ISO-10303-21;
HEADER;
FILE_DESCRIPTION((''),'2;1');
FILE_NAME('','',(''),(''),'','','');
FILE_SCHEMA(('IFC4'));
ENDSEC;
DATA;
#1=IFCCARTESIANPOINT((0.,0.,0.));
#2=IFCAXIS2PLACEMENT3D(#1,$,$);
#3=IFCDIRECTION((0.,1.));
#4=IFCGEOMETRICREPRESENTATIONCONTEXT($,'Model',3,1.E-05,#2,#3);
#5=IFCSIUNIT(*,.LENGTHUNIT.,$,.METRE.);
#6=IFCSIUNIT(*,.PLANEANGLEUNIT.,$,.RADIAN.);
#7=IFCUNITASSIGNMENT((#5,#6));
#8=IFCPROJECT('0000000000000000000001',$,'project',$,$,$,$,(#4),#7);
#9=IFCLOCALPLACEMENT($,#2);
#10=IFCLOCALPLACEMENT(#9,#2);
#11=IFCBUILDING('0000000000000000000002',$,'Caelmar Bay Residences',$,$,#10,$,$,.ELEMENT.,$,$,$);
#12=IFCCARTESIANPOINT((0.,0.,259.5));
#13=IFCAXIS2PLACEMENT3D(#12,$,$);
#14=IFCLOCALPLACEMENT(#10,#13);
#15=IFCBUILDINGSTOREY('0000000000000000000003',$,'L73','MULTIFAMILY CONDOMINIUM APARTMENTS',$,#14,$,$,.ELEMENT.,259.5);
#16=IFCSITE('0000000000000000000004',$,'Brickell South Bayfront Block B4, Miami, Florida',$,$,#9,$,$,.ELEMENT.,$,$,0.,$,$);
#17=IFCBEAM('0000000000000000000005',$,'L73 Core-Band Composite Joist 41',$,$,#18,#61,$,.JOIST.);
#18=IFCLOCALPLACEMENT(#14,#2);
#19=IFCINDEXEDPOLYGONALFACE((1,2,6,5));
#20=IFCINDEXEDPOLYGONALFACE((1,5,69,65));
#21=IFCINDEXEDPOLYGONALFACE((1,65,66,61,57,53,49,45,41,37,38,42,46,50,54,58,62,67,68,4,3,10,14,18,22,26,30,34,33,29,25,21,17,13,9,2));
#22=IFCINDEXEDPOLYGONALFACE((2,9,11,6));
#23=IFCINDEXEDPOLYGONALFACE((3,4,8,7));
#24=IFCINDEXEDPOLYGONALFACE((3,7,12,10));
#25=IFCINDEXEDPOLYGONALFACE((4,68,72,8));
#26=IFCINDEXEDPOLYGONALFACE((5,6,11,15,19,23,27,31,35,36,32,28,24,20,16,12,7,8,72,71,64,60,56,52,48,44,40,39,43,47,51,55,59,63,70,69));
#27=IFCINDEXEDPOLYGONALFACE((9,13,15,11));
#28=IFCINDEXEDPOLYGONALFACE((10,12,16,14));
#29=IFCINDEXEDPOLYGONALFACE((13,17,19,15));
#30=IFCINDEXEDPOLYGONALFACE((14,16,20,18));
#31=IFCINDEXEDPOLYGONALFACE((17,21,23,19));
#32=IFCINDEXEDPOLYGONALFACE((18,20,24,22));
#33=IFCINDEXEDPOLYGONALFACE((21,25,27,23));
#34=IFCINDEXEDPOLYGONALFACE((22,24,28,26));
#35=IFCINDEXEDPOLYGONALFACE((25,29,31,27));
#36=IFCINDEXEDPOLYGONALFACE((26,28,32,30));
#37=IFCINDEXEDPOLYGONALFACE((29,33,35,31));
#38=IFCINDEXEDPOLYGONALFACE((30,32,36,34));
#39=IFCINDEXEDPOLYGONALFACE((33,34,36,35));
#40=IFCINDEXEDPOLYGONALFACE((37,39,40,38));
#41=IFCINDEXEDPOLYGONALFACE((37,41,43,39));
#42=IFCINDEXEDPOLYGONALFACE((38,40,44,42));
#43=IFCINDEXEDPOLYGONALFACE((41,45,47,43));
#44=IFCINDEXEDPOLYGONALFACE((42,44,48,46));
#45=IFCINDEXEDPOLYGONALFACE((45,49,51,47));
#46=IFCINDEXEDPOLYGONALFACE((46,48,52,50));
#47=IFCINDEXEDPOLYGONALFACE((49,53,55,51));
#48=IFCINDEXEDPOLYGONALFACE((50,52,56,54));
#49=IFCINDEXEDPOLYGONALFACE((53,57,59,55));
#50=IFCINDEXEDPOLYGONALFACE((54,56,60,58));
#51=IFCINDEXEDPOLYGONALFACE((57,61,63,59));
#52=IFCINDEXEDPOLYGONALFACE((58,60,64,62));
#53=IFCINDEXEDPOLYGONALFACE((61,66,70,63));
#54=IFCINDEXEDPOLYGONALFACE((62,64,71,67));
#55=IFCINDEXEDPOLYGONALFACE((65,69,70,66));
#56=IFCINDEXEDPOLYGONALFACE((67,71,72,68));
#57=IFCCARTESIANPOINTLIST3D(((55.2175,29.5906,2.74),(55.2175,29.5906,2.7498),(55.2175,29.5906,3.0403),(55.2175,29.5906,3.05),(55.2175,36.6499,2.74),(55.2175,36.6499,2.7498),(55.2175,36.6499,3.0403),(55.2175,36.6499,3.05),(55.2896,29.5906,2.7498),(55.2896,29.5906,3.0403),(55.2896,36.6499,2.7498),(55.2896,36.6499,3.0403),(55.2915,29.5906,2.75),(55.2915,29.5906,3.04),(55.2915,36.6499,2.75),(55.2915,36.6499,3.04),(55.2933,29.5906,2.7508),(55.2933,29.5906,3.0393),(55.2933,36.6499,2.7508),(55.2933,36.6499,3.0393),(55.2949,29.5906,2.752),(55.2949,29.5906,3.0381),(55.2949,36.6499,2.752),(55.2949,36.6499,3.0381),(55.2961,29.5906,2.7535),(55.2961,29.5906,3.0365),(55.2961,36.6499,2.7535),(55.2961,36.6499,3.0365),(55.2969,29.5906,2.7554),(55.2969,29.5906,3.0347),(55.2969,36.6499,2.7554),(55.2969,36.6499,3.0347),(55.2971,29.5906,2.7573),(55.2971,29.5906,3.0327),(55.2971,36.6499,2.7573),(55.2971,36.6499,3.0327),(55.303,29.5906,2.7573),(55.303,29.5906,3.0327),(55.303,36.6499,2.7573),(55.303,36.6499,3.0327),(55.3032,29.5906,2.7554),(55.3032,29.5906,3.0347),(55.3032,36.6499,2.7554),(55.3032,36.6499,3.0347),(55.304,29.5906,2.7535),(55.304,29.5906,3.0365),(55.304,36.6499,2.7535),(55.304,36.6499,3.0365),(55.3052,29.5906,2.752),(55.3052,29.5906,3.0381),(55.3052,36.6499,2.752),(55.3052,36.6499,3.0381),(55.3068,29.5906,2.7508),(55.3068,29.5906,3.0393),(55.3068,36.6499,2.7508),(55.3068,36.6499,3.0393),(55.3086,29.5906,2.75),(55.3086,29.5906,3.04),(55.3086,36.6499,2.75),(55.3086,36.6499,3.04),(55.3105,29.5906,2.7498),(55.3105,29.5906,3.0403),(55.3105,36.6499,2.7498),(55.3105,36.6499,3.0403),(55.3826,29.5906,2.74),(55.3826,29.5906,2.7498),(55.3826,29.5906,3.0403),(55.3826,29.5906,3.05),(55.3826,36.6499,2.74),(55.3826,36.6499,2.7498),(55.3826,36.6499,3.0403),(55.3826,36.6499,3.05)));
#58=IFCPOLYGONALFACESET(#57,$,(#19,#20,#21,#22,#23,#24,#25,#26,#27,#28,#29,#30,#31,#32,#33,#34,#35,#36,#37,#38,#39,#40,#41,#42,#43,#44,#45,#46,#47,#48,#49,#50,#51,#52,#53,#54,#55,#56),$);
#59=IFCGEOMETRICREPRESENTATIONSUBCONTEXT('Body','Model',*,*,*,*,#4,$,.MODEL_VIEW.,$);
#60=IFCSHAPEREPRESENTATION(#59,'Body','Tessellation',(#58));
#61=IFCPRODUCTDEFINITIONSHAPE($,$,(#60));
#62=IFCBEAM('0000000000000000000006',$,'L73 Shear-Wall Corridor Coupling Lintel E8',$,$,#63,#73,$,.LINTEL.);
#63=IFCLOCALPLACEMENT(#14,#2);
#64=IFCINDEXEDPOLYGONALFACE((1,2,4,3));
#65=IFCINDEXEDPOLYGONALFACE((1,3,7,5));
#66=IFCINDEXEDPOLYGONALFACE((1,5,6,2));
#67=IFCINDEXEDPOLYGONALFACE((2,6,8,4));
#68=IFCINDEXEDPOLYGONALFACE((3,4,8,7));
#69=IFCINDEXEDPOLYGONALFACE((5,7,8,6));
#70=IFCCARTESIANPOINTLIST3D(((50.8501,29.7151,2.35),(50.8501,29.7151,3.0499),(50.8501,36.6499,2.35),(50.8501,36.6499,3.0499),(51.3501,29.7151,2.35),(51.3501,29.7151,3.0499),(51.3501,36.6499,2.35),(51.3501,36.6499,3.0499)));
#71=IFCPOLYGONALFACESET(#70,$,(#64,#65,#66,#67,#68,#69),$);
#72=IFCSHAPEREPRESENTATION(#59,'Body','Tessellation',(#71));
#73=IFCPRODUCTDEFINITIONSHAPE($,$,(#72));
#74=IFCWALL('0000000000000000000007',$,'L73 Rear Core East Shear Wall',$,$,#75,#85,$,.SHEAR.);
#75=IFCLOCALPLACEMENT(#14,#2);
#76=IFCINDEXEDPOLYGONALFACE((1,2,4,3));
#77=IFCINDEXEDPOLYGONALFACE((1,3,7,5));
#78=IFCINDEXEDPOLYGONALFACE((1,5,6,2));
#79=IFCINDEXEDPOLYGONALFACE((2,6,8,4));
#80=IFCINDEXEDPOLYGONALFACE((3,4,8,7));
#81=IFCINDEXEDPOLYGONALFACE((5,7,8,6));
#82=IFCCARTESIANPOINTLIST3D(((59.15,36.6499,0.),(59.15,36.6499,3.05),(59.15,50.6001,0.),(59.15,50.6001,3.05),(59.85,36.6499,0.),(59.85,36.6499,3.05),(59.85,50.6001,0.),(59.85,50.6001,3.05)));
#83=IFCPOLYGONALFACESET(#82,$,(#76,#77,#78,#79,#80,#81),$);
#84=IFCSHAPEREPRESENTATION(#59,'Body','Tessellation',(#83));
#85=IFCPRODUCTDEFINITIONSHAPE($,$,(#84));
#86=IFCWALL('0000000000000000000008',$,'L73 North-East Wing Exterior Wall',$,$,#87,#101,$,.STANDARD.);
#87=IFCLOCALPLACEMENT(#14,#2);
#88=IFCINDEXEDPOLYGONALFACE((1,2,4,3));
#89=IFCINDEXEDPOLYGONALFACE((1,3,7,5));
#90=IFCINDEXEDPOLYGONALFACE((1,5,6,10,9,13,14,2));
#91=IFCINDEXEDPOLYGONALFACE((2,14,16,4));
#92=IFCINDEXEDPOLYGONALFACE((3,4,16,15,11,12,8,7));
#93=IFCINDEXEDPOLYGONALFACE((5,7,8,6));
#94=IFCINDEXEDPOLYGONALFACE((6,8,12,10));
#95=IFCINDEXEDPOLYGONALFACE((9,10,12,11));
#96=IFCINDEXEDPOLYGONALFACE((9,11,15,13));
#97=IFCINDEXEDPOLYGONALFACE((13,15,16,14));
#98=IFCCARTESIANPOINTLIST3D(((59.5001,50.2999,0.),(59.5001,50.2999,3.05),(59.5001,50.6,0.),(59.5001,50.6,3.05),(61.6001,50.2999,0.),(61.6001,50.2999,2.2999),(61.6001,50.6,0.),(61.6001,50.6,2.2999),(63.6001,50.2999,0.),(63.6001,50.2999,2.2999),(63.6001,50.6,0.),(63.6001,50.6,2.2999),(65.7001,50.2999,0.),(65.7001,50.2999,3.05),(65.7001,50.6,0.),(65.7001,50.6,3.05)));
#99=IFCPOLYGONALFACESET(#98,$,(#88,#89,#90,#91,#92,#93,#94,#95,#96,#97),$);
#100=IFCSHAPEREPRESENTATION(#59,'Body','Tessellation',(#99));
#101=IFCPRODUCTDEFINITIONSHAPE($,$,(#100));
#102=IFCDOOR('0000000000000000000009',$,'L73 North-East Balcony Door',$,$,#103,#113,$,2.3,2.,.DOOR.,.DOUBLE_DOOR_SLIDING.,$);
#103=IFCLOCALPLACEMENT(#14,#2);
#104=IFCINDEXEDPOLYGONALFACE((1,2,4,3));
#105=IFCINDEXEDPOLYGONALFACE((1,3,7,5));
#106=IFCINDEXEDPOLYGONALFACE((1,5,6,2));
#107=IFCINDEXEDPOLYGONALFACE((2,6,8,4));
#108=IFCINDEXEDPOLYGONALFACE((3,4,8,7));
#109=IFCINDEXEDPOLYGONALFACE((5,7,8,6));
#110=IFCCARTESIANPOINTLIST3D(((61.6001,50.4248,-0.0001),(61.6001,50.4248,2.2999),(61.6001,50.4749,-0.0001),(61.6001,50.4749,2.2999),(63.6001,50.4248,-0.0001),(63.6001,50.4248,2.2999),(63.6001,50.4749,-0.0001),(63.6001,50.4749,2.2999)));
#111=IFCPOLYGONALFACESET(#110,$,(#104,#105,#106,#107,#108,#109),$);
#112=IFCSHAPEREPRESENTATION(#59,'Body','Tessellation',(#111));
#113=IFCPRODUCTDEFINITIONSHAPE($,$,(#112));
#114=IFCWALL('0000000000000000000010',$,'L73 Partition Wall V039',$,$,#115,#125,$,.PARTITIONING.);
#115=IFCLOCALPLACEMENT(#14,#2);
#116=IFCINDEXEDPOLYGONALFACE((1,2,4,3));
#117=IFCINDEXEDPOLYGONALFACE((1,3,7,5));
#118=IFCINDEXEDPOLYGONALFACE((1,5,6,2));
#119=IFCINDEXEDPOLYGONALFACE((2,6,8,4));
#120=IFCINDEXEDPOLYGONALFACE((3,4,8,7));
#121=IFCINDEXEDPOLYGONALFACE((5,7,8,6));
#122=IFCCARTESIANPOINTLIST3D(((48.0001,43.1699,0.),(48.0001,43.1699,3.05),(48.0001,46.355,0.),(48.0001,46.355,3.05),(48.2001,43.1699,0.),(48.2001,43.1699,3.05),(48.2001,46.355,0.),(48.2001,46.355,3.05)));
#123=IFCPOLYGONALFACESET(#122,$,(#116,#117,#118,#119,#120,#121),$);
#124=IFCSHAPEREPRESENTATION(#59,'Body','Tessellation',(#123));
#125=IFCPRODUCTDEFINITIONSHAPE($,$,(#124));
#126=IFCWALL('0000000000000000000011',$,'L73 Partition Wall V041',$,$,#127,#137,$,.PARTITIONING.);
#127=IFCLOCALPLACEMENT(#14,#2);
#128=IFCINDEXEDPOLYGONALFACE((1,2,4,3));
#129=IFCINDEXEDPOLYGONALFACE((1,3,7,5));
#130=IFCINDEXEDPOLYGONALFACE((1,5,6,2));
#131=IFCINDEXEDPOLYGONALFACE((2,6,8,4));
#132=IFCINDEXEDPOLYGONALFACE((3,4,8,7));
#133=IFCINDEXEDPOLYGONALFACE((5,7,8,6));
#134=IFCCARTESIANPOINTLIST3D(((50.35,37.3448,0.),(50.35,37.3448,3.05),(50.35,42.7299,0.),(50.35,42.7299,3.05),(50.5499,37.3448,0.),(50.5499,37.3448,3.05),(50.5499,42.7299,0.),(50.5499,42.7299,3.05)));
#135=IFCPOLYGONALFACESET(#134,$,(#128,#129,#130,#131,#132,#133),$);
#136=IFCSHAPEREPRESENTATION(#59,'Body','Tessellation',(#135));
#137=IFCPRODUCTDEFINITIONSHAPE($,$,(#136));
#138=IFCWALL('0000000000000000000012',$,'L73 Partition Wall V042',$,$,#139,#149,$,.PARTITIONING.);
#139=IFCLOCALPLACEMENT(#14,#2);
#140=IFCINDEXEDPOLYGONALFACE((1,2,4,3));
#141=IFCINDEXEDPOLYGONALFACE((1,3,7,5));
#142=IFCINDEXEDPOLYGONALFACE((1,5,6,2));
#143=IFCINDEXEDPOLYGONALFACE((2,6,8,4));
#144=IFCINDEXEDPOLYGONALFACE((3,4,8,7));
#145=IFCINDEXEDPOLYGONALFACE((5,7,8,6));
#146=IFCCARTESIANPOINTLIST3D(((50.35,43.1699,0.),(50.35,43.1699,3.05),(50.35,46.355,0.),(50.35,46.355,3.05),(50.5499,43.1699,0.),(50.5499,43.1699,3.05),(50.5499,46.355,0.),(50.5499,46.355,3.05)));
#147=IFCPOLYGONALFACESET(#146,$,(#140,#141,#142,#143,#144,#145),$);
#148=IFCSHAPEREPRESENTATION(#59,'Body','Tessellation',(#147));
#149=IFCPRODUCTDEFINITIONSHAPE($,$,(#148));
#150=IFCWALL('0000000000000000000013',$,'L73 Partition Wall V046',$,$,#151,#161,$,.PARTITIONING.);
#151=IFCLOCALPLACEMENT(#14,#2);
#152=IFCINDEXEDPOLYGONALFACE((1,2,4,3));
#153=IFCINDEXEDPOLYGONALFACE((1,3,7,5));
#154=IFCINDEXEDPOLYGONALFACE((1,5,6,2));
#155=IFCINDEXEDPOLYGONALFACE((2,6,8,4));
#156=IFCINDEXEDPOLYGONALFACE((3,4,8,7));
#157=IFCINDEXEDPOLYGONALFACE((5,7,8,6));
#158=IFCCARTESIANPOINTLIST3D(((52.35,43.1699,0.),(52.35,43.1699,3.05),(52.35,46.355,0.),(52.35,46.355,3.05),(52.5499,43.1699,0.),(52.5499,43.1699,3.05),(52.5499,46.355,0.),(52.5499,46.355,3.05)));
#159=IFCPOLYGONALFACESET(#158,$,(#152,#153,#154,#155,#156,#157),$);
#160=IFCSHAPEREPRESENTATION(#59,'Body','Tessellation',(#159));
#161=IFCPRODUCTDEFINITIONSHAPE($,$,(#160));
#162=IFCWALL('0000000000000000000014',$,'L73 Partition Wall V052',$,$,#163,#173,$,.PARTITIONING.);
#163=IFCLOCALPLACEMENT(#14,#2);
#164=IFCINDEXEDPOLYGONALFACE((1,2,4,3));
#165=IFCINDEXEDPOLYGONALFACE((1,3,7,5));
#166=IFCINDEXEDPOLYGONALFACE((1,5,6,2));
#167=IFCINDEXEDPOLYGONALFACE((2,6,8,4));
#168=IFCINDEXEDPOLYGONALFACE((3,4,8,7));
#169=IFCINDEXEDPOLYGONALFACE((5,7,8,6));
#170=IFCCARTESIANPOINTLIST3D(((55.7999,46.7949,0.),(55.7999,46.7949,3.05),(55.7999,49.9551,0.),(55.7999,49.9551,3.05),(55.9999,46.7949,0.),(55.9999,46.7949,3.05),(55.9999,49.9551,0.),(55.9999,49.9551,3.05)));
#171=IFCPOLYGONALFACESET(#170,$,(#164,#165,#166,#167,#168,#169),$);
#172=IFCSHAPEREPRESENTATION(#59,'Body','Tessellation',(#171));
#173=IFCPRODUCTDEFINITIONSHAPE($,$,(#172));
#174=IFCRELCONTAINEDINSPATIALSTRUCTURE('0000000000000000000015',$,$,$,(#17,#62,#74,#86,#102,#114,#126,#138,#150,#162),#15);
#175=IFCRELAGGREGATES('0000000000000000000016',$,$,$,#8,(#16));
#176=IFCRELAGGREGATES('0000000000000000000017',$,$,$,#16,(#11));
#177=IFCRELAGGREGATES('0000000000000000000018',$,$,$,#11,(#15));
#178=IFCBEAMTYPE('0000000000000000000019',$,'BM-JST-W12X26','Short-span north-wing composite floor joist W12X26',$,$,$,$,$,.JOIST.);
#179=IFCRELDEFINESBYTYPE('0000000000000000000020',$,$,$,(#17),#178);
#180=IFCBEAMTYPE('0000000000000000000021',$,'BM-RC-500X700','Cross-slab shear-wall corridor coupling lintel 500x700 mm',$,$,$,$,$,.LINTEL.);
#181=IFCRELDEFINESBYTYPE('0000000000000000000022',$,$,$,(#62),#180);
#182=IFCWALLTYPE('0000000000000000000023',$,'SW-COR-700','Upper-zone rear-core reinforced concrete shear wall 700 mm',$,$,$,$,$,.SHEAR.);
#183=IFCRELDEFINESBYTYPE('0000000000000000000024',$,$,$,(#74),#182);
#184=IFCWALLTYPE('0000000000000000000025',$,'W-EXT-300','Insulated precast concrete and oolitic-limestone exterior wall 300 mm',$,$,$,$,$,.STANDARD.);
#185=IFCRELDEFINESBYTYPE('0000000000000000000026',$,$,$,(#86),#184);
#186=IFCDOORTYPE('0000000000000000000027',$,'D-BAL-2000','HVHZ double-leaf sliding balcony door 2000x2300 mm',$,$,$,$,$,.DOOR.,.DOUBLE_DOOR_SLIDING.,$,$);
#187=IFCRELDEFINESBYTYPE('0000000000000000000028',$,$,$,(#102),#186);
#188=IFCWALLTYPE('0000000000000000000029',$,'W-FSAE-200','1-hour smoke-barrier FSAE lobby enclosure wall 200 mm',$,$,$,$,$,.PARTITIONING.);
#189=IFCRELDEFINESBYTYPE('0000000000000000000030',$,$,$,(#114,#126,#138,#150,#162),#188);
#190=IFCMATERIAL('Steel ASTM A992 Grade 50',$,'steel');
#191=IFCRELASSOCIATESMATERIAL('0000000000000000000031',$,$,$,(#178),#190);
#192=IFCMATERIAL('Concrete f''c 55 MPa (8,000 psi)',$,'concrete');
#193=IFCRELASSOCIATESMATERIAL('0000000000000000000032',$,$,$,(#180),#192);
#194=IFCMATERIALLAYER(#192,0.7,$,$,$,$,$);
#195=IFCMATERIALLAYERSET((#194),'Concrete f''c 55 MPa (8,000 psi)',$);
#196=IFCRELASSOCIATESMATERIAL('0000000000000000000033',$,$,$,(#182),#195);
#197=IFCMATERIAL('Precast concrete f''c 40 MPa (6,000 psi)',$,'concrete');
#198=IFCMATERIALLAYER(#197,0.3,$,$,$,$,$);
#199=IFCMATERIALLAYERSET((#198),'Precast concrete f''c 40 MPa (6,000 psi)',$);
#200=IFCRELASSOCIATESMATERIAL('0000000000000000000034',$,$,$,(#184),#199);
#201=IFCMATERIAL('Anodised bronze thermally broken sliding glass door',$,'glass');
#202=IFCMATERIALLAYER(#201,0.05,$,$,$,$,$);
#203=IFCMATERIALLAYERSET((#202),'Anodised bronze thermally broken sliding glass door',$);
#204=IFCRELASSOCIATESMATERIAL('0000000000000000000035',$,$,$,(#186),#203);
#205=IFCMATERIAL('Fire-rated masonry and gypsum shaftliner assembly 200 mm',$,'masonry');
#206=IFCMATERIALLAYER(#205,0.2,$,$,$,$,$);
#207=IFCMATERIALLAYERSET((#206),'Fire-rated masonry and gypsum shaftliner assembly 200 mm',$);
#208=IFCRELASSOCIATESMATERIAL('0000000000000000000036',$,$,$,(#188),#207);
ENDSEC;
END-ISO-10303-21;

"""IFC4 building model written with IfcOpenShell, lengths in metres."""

from ifc_helpers import new_model, si_unit, direction, frame, frame_2d, origin, origin_2d, place, context, subcontext, project, spatial, rectangle, i_section, extrude, material, layer, layer_set, material_profile, profile_set, type_object, element, fill, save


model = new_model("IFC4")

# Units and contexts
model_context = context("Model", 3, precision=1e-05, world=origin(), true_north=direction((0.0, 1.0)))
body_context = subcontext(model_context, "Body", "Model", "MODEL_VIEW")
ifc_project = project(units=[si_unit("LENGTHUNIT", "METRE"), si_unit("PLANEANGLEUNIT", "RADIAN")], contexts=[model_context])

# Site, building, storey
site_placement = place(None, origin())
site = spatial("IfcSite", under=ifc_project, at=site_placement, Name="Brickell South Bayfront Block B4, Miami, Florida", CompositionType="ELEMENT", RefElevation=0.0)
building_placement = place(site_placement, origin())
building = spatial("IfcBuilding", under=site, at=building_placement, Name="Caelmar Bay Residences", CompositionType="ELEMENT")
storey_placement = place(building_placement, frame((0.0, 0.0, 259.5)))
storey = spatial("IfcBuildingStorey", under=building, at=storey_placement, Name="L73", Description="MULTIFAMILY CONDOMINIUM APARTMENTS", CompositionType="ELEMENT", Elevation=259.5)

# Beams
ifc_material_1 = material(Name="Steel ASTM A992 Grade 50", Category="steel")
ifc_material_profile_1 = material_profile(ifc_material_1, i_section(OverallWidth=0.165, OverallDepth=0.3101, WebThickness=0.0059, FlangeThickness=0.0098, FilletRadius=0.0076, at=origin_2d()), Name="W12X26")
ifc_profile_set_1 = profile_set([ifc_material_profile_1], Name="Steel ASTM A992 Grade 50")
beam_type_1 = type_object("IfcBeamType", Name="BM-JST-W12X26", Description="Short-span north-wing composite floor joist W12X26", PredefinedType="JOIST", material=ifc_profile_set_1)
for number, where, z_axis, x_axis, name in (
    (1, (55.3, 29.5906, 2.895), (0.0, 1.0, 0.0), (-1.0, 0.0, 0.0), "L73 Core-Band Composite Joist 41"),
):
    element("IfcBeam", number, at=place(storey_placement, frame(where, z_axis=z_axis, x_axis=x_axis)), inside=storey, type_object=beam_type_1, Name=name, PredefinedType="JOIST", context=body_context, shape_type="SweptSolid", body=[
        extrude(i_section(OverallWidth=0.165, OverallDepth=0.3101, WebThickness=0.0059, FlangeThickness=0.0098, FilletRadius=0.0076, at=origin_2d()), origin(), (0.0, 0.0, 1.0), 7.0593),
    ])
ifc_material_2 = material(Name="Concrete f'c 55 MPa (8,000 psi)", Category="concrete")
ifc_material_profile_2 = material_profile(ifc_material_2, rectangle(XDim=0.5, YDim=0.7, at=origin_2d()), Name="RC-BM-500X700")
ifc_profile_set_2 = profile_set([ifc_material_profile_2], Name="Concrete f'c 55 MPa (8,000 psi)")
beam_type_2 = type_object("IfcBeamType", Name="BM-RC-500X700", Description="Cross-slab shear-wall corridor coupling lintel 500x700 mm", PredefinedType="LINTEL", material=ifc_profile_set_2)
beam_placement = place(storey_placement, frame((51.1001, 29.7151, 2.7), z_axis=(0.0, 1.0, 0.0), x_axis=(-1.0, 0.0, 0.0)))
element("IfcBeam", 2, at=beam_placement, inside=storey, type_object=beam_type_2, Name="L73 Shear-Wall Corridor Coupling Lintel E8", PredefinedType="LINTEL", context=body_context, shape_type="SweptSolid", body=[
    extrude(rectangle(XDim=0.5, YDim=0.7, at=origin_2d()), origin(), (0.0, 0.0, 1.0), 6.9348),
])

# Wall
ifc_layer_1 = layer(ifc_material_2, 0.7)
ifc_layer_set_1 = layer_set([ifc_layer_1], Name="Concrete f'c 55 MPa (8,000 psi)")
wall_type_1 = type_object("IfcWallType", Name="SW-COR-700", Description="Upper-zone rear-core reinforced concrete shear wall 700 mm", PredefinedType="SHEAR", material=ifc_layer_set_1)
wall_1_placement = place(storey_placement, frame((59.5, 36.6499, 0.0), z_axis=(0.0, 0.0, 1.0), x_axis=(0.0, 1.0, 0.0)))
element("IfcWall", 3, at=wall_1_placement, inside=storey, type_object=wall_type_1, Name="L73 Rear Core East Shear Wall", PredefinedType="SHEAR", context=body_context, shape_type="SweptSolid", body=[
    extrude(rectangle(XDim=13.9502, YDim=0.7, at=frame_2d((6.9751, 0.0))), origin(), (0.0, 0.0, 1.0), 3.05),
])

# Wall, opening, door
ifc_material_3 = material(Name="Precast concrete f'c 40 MPa (6,000 psi)", Category="concrete")
ifc_layer_2 = layer(ifc_material_3, 0.3)
ifc_layer_set_2 = layer_set([ifc_layer_2], Name="Precast concrete f'c 40 MPa (6,000 psi)")
wall_type_2 = type_object("IfcWallType", Name="W-EXT-300", Description="Insulated precast concrete and oolitic-limestone exterior wall 300 mm", PredefinedType="STANDARD", material=ifc_layer_set_2)
wall_2_placement = place(storey_placement, frame((59.5, 50.45, 0.0), z_axis=(0.0, 0.0, 1.0), x_axis=(1.0, 0.0, 0.0)))
wall_2 = element("IfcWall", 4, at=wall_2_placement, inside=storey, type_object=wall_type_2, Name="L73 North-East Wing Exterior Wall", PredefinedType="STANDARD", context=body_context, shape_type="SweptSolid", body=[
    extrude(rectangle(XDim=6.2, YDim=0.3, at=frame_2d((3.1001, 0.0))), origin(), (0.0, 0.0, 1.0), 3.05),
])
opening_1_placement = place(wall_2_placement, frame((2.1001, 0.0, 0.0)))
opening_1 = element("IfcOpeningElement", 5, at=opening_1_placement, cuts=wall_2, PredefinedType="OPENING", context=body_context, shape_type="SweptSolid", body=[
    extrude(rectangle(XDim=2.0, YDim=2.3, at=frame_2d((1.0, 1.1499))), frame((0.0, 0.1599, 0.0), z_axis=(0.0, -1.0, 0.0), x_axis=(1.0, 0.0, 0.0)), (0.0, 0.0, 1.0), 0.3201),
])
ifc_material_4 = material(Name="Anodised bronze thermally broken sliding glass door", Category="glass")
ifc_layer_3 = layer(ifc_material_4, 0.05)
ifc_layer_set_3 = layer_set([ifc_layer_3], Name="Anodised bronze thermally broken sliding glass door")
door_type_1 = type_object("IfcDoorType", Name="D-BAL-2000", Description="HVHZ double-leaf sliding balcony door 2000x2300 mm", OperationType="DOUBLE_DOOR_SLIDING", PredefinedType="DOOR", material=ifc_layer_set_3)
door_1_placement = place(opening_1_placement, origin())
door_1 = element("IfcDoor", 6, at=door_1_placement, inside=storey, type_object=door_type_1, Name="L73 North-East Balcony Door", OperationType="DOUBLE_DOOR_SLIDING", OverallHeight=2.3, OverallWidth=2.0, PredefinedType="DOOR", context=body_context, shape_type="SweptSolid", body=[
    extrude(rectangle(XDim=2.0, YDim=2.3, at=frame_2d((1.0, 1.1499))), frame((0.0, 0.0249, 0.0), z_axis=(0.0, -1.0, 0.0), x_axis=(1.0, 0.0, 0.0)), (0.0, 0.0, 1.0), 0.05),
])
fill(opening_1, door_1)

# Walls
ifc_material_5 = material(Name="Fire-rated masonry and gypsum shaftliner assembly 200 mm", Category="masonry")
ifc_layer_4 = layer(ifc_material_5, 0.2)
ifc_layer_set_4 = layer_set([ifc_layer_4], Name="Fire-rated masonry and gypsum shaftliner assembly 200 mm")
wall_type_3 = type_object("IfcWallType", Name="W-FSAE-200", Description="1-hour smoke-barrier FSAE lobby enclosure wall 200 mm", PredefinedType="PARTITIONING", material=ifc_layer_set_4)
wall_3_placement = place(storey_placement, frame((48.1001, 43.1699, 0.0), z_axis=(0.0, 0.0, 1.0), x_axis=(0.0, 1.0, 0.0)))
element("IfcWall", 7, at=wall_3_placement, inside=storey, type_object=wall_type_3, Name="L73 Partition Wall V039", PredefinedType="PARTITIONING", context=body_context, shape_type="SweptSolid", body=[
    extrude(rectangle(XDim=3.1851, YDim=0.2, at=frame_2d((1.5925, 0.0))), origin(), (0.0, 0.0, 1.0), 3.05),
])
wall_4_placement = place(storey_placement, frame((50.45, 37.345, 0.0), z_axis=(0.0, 0.0, 1.0), x_axis=(0.0, 1.0, 0.0)))
element("IfcWall", 8, at=wall_4_placement, inside=storey, type_object=wall_type_3, Name="L73 Partition Wall V041", PredefinedType="PARTITIONING", context=body_context, shape_type="SweptSolid", body=[
    extrude(rectangle(XDim=5.385, YDim=0.2, at=frame_2d((2.6924, 0.0))), origin(), (0.0, 0.0, 1.0), 3.05),
])
for number, where, z_axis, x_axis, name in (
    (9, (50.45, 43.1699, 0.0), (0.0, 0.0, 1.0), (0.0, 1.0, 0.0), "L73 Partition Wall V042"),
    (10, (52.45, 43.1699, 0.0), (0.0, 0.0, 1.0), (0.0, 1.0, 0.0), "L73 Partition Wall V046"),
):
    element("IfcWall", number, at=place(storey_placement, frame(where, z_axis=z_axis, x_axis=x_axis)), inside=storey, type_object=wall_type_3, Name=name, PredefinedType="PARTITIONING", context=body_context, shape_type="SweptSolid", body=[
        extrude(rectangle(XDim=3.1851, YDim=0.2, at=frame_2d((1.5925, 0.0))), origin(), (0.0, 0.0, 1.0), 3.05),
    ])
wall_5_placement = place(storey_placement, frame((55.8999, 46.7949, 0.0), z_axis=(0.0, 0.0, 1.0), x_axis=(0.0, 1.0, 0.0)))
element("IfcWall", 11, at=wall_5_placement, inside=storey, type_object=wall_type_3, Name="L73 Partition Wall V052", PredefinedType="PARTITIONING", context=body_context, shape_type="SweptSolid", body=[
    extrude(rectangle(XDim=3.1602, YDim=0.2, at=frame_2d((1.5801, 0.0))), origin(), (0.0, 0.0, 1.0), 3.05),
])

save(model, "model.ifc")
